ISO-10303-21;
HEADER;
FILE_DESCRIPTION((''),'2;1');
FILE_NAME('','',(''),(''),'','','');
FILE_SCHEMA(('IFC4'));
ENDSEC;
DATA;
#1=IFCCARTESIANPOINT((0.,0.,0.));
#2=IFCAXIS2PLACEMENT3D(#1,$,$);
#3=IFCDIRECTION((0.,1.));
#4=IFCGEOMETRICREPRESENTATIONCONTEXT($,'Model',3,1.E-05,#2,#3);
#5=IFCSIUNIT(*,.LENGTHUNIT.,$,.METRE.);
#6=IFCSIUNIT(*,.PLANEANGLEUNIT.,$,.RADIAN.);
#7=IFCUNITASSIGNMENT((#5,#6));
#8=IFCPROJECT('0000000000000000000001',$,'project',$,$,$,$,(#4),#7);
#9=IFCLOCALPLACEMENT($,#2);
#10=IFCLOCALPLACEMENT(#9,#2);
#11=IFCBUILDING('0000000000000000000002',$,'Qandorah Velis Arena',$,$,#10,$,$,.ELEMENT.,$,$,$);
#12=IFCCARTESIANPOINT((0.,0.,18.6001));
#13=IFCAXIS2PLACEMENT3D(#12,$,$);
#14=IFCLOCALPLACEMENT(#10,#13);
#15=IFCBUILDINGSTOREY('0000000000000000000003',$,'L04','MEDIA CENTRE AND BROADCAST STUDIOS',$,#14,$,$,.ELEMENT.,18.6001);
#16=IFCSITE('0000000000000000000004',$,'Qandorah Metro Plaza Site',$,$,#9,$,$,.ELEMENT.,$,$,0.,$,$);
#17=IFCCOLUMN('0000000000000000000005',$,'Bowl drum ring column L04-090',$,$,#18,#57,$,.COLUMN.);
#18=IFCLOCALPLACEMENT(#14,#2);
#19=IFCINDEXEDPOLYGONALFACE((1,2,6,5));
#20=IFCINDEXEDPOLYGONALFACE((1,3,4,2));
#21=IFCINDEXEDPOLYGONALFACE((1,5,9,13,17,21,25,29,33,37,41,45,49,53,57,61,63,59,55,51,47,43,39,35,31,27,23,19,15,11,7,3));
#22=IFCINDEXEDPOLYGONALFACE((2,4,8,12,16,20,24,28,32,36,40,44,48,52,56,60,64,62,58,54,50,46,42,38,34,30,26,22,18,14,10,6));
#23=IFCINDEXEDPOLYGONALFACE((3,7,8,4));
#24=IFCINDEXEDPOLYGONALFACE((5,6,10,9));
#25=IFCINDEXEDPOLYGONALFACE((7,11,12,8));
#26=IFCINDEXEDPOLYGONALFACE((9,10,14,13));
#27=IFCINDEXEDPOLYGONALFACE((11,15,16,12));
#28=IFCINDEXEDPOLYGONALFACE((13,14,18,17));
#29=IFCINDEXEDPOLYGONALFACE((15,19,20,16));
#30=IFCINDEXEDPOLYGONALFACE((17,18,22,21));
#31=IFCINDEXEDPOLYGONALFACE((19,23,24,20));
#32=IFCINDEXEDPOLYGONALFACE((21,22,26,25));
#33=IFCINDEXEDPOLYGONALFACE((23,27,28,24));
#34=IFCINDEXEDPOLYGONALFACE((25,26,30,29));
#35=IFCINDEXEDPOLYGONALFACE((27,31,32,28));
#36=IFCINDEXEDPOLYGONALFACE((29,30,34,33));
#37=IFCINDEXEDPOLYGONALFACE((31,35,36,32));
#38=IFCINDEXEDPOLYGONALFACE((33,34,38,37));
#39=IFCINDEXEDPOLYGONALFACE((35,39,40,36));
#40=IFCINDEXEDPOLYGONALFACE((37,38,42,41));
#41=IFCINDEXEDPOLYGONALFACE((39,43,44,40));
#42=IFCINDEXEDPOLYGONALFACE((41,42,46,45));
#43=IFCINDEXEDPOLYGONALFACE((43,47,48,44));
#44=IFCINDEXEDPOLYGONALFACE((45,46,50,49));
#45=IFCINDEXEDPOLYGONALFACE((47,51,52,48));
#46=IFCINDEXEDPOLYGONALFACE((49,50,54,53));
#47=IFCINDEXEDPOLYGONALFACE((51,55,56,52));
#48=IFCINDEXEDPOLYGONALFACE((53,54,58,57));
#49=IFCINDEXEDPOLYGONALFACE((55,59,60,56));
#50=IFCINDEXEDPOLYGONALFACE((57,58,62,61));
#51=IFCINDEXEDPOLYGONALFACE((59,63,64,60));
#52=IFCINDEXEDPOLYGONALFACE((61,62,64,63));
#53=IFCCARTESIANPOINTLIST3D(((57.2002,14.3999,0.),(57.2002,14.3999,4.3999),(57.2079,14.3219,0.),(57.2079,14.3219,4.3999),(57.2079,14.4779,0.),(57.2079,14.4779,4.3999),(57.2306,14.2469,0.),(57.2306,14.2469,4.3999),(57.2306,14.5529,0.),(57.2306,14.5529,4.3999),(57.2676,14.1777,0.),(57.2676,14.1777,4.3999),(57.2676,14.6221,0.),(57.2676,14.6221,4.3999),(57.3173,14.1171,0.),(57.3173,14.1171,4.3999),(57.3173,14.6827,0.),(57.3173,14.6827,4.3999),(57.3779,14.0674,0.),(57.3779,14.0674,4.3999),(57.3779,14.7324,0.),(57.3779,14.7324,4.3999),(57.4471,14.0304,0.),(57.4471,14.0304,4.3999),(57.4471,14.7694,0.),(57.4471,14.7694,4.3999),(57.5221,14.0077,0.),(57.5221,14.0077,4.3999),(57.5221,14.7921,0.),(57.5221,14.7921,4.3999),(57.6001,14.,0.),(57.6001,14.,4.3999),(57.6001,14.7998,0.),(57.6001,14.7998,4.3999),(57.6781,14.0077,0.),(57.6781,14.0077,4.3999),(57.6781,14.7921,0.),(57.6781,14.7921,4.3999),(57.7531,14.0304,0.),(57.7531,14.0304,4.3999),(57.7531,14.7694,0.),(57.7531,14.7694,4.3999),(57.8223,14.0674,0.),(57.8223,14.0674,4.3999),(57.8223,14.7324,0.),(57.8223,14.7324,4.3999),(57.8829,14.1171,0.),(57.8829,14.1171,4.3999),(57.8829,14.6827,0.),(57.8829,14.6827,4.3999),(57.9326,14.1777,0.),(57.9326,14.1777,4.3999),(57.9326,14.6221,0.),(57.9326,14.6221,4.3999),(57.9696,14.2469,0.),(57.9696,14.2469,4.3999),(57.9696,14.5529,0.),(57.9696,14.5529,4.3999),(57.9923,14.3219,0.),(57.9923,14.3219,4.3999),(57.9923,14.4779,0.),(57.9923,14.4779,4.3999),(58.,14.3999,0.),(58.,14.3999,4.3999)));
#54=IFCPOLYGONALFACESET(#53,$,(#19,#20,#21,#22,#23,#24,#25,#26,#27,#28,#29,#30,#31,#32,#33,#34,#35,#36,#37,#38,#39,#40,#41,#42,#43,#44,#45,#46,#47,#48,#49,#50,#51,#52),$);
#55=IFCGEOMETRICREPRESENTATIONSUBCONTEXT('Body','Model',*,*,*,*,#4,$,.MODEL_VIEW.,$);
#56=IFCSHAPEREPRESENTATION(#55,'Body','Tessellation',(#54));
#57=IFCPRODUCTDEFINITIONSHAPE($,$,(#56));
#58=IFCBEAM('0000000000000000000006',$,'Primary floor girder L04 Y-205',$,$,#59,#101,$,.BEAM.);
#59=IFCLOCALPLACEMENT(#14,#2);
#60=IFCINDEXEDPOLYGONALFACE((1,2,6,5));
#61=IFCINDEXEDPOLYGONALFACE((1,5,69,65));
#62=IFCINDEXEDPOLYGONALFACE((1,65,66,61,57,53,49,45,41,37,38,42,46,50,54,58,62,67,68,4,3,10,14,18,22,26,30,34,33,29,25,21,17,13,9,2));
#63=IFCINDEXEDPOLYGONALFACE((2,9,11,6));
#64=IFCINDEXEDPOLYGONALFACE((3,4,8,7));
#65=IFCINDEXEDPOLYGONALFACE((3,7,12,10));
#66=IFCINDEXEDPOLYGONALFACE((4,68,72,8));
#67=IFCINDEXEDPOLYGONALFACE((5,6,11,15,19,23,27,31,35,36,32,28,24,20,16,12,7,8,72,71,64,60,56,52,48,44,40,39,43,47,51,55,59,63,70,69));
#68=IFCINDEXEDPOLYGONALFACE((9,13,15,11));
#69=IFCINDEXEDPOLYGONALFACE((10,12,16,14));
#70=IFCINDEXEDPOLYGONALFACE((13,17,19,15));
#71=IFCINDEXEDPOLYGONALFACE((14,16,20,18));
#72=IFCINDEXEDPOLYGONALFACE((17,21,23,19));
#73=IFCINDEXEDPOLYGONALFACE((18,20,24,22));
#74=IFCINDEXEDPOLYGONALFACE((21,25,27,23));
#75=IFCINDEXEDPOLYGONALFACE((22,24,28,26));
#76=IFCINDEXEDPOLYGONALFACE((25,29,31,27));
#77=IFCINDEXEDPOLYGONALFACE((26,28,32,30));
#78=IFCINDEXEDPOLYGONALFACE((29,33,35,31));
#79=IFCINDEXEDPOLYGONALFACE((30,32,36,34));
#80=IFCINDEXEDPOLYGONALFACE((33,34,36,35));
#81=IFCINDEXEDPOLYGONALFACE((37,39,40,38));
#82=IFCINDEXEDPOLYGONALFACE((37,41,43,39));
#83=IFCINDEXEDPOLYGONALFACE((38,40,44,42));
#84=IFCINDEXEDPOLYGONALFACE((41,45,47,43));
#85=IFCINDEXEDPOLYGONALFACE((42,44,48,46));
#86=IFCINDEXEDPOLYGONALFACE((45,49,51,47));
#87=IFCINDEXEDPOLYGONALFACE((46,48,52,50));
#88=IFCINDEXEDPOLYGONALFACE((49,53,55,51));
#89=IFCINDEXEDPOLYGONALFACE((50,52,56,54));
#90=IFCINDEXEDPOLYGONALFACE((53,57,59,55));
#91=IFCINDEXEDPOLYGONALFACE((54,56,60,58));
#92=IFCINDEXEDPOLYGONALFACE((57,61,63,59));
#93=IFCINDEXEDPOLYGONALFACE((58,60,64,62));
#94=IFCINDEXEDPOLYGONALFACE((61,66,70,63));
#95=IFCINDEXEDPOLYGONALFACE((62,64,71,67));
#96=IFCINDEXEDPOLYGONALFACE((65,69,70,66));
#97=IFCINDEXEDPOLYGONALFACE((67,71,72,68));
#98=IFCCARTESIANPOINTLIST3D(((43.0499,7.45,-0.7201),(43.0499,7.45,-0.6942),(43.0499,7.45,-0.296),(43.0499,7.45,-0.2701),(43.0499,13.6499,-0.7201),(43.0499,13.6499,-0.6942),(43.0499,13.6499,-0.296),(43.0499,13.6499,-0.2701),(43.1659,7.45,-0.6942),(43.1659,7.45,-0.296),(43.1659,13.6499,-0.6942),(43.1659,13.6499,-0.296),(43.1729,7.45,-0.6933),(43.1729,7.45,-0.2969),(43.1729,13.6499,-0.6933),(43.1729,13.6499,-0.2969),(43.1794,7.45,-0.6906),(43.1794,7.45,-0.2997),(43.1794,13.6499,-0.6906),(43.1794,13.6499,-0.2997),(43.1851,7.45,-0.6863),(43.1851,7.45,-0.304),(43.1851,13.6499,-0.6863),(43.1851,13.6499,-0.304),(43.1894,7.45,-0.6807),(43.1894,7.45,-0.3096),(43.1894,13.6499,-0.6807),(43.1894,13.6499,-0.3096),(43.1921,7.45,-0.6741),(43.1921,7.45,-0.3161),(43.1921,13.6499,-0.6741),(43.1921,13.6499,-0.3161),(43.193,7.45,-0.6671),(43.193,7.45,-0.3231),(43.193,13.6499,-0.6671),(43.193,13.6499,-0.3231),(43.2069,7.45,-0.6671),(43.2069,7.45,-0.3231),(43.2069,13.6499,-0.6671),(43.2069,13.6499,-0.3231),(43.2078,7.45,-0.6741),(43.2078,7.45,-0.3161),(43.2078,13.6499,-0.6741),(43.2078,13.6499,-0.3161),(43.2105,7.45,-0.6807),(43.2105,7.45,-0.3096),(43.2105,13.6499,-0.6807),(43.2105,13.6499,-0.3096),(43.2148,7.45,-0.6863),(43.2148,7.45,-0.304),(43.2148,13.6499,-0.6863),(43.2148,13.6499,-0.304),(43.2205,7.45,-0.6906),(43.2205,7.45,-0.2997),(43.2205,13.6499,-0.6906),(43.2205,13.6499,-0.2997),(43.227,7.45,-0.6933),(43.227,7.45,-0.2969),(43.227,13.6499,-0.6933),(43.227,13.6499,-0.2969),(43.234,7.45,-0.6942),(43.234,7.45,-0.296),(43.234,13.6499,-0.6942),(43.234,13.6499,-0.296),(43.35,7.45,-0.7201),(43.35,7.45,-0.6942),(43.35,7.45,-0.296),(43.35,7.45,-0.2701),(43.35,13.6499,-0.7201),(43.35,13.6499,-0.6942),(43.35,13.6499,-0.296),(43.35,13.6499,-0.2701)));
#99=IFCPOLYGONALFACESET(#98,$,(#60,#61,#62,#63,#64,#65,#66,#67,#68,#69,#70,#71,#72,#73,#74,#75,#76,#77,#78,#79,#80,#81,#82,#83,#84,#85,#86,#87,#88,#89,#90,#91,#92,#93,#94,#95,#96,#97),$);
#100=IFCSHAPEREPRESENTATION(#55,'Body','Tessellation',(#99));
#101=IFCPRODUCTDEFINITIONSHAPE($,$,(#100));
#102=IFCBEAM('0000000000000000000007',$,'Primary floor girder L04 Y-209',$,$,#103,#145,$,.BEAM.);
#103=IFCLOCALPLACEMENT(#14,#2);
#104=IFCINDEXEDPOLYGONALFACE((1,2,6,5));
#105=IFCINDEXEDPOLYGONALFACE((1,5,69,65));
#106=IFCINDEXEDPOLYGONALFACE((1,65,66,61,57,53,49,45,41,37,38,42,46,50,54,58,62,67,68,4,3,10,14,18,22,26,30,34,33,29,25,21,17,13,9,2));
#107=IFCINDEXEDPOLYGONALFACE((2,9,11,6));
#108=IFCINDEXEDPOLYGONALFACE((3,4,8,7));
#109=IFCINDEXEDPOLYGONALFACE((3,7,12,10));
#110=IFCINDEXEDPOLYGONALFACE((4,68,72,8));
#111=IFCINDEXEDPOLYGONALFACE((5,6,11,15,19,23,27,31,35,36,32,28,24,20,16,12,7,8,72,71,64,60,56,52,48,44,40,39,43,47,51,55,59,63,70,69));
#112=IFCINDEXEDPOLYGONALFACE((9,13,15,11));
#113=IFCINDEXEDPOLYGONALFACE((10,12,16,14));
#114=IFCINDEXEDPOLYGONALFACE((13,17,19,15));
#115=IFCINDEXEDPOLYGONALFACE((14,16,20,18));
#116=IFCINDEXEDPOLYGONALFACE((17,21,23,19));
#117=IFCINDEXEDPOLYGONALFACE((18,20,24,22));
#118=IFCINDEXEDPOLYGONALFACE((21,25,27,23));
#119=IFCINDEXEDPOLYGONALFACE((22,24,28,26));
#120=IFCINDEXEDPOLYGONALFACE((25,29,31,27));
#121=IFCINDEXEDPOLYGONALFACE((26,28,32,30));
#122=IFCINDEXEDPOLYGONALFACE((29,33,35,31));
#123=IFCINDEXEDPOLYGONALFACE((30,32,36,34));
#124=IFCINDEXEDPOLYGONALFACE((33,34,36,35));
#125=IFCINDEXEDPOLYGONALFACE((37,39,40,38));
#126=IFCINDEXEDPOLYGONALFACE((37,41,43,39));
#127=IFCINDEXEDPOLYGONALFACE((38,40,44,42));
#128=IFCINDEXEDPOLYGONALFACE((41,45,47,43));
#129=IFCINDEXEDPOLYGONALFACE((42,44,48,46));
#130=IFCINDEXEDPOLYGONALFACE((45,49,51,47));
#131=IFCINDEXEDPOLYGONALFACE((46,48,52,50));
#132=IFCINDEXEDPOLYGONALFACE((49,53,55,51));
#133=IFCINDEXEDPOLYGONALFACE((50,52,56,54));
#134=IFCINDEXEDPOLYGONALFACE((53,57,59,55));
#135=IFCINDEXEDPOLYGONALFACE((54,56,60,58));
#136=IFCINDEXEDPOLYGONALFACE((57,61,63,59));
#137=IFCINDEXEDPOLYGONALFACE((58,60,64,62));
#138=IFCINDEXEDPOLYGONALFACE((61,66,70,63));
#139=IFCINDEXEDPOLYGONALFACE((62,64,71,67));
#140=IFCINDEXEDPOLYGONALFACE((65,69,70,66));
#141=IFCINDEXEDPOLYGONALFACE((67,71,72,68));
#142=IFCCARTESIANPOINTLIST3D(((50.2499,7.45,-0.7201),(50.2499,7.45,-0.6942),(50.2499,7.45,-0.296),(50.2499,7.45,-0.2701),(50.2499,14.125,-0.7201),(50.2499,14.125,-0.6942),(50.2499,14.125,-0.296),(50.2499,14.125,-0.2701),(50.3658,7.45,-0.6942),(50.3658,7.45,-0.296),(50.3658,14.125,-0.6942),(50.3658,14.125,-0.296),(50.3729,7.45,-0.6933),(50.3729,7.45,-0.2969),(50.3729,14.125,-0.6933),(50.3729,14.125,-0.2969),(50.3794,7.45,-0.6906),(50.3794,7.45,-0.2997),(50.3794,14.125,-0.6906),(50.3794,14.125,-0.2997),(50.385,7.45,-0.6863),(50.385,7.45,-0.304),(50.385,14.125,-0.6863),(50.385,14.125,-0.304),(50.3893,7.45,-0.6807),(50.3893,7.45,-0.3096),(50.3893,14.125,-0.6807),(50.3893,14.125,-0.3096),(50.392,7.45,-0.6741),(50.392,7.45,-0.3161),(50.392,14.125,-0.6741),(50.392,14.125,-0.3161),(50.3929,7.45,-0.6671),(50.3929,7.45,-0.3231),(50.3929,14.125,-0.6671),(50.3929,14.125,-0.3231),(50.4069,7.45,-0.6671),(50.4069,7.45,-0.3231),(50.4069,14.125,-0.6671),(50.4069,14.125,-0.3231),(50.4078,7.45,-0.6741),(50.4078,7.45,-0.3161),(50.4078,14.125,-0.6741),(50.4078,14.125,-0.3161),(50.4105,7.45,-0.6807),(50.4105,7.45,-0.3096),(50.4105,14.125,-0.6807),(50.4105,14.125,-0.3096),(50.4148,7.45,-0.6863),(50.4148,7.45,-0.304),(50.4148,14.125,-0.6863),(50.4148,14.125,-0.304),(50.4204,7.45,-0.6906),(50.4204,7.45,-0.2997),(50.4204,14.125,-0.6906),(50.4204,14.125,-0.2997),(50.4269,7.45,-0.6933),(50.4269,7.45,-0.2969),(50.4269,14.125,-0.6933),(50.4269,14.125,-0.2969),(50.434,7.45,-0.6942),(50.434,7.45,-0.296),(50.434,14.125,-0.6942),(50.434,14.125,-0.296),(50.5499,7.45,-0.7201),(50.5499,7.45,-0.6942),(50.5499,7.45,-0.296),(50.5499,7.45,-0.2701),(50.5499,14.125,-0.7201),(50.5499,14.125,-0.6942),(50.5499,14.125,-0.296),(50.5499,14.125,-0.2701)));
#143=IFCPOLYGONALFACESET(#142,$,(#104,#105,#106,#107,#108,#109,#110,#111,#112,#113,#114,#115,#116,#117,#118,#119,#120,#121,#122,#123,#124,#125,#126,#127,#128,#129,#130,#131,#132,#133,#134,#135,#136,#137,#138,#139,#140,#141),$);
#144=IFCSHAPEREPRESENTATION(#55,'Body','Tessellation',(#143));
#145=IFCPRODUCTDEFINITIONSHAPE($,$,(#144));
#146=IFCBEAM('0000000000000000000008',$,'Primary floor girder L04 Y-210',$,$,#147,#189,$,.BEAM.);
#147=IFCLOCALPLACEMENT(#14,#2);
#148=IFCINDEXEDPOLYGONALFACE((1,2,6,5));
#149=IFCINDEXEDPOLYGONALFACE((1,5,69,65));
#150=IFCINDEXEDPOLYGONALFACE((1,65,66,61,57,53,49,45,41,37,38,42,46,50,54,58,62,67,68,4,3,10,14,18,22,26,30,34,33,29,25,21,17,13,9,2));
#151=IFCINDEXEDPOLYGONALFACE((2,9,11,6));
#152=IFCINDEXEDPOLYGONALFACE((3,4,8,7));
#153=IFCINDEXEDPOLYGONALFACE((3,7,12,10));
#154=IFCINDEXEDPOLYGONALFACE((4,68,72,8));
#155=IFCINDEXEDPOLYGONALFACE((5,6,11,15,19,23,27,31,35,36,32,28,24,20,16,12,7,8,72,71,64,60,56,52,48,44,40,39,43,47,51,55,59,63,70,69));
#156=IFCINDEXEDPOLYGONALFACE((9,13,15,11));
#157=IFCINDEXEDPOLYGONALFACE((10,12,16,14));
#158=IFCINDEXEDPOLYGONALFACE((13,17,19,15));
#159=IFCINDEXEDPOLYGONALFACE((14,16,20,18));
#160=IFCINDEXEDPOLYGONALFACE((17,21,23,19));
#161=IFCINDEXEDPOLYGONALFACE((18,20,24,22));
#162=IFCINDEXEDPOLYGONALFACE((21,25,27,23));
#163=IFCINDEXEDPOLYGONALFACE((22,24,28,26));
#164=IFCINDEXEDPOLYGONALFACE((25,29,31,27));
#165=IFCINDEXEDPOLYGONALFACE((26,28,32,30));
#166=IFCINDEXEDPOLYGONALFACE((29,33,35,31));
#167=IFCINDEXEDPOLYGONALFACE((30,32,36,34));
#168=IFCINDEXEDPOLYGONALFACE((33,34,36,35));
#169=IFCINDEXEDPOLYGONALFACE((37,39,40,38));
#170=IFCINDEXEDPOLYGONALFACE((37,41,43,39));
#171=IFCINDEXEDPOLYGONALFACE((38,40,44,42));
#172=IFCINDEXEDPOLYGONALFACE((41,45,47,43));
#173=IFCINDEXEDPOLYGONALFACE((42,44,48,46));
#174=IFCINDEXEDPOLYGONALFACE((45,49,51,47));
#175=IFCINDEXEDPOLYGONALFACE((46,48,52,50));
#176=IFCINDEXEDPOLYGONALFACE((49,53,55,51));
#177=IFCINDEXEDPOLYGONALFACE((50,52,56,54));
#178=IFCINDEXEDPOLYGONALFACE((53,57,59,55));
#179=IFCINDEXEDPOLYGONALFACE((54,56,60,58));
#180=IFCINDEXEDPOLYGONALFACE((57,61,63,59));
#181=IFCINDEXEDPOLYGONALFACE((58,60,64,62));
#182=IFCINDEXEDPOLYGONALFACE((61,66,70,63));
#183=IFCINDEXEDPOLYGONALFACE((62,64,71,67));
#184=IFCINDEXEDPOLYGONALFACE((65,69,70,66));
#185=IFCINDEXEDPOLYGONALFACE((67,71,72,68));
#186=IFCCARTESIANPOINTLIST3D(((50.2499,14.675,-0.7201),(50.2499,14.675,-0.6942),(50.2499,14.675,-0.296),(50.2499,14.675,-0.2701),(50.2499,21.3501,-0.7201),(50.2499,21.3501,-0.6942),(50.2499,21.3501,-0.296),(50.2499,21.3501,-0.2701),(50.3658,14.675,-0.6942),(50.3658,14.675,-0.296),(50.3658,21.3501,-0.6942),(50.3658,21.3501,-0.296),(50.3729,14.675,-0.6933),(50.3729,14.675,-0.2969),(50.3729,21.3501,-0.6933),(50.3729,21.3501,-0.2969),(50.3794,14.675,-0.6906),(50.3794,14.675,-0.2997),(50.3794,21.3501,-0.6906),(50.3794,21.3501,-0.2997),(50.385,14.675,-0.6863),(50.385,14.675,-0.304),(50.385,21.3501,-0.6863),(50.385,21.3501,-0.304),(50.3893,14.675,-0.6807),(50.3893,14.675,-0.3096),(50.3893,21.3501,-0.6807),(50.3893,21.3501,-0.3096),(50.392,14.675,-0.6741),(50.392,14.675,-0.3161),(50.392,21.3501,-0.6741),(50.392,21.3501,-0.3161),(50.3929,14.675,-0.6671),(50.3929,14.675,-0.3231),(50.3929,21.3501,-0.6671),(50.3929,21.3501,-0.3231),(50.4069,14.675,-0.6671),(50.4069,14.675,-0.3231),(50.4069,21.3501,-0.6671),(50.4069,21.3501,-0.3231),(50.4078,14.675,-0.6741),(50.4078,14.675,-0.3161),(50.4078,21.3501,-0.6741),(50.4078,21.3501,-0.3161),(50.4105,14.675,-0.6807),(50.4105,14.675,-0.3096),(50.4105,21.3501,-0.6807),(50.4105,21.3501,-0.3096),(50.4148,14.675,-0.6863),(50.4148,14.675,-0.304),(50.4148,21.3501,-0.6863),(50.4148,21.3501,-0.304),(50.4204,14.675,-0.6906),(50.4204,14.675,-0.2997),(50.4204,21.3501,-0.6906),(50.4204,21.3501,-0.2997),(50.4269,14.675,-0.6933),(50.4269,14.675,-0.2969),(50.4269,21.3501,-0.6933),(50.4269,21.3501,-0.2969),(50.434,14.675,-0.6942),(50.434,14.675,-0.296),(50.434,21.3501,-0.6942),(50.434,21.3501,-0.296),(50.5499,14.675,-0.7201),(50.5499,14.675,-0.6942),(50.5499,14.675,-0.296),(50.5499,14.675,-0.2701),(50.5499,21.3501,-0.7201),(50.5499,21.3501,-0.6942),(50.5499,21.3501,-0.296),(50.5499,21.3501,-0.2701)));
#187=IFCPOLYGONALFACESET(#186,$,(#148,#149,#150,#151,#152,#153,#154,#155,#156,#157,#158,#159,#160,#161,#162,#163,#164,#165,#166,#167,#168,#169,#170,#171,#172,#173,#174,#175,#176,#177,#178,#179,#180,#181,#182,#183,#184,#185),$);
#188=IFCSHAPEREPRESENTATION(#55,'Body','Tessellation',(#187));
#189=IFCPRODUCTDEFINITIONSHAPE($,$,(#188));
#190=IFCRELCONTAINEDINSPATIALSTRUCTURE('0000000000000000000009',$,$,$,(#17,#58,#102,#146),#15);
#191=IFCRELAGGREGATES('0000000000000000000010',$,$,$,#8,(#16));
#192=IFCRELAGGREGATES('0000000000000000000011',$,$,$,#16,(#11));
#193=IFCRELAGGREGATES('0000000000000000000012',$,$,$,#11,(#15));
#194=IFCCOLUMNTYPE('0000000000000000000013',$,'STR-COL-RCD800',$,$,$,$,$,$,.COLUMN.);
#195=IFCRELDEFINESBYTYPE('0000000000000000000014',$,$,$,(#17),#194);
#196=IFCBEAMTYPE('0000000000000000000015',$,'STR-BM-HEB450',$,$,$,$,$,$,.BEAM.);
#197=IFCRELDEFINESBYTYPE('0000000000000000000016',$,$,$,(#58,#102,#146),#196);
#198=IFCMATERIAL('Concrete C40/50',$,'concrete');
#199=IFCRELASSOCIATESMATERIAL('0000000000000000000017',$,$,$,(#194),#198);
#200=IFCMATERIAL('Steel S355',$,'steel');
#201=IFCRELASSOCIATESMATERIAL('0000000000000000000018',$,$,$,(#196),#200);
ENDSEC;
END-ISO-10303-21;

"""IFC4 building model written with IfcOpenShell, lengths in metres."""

from ifc_helpers import new_model, si_unit, direction, frame, origin, origin_2d, place, context, subcontext, project, spatial, circle, i_section, extrude, material, material_profile, profile_set, type_object, element, save


model = new_model("IFC4")

# Units and contexts
model_context = context("Model", 3, precision=1e-05, world=origin(), true_north=direction((0.0, 1.0)))
body_context = subcontext(model_context, "Body", "Model", "MODEL_VIEW")
ifc_project = project(units=[si_unit("LENGTHUNIT", "METRE"), si_unit("PLANEANGLEUNIT", "RADIAN")], contexts=[model_context])

# Site, building, storey
site_placement = place(None, origin())
site = spatial("IfcSite", under=ifc_project, at=site_placement, Name="Qandorah Metro Plaza Site", CompositionType="ELEMENT", RefElevation=0.0)
building_placement = place(site_placement, origin())
building = spatial("IfcBuilding", under=site, at=building_placement, Name="Qandorah Velis Arena", CompositionType="ELEMENT")
storey_placement = place(building_placement, frame((0.0, 0.0, 18.6001)))
storey = spatial("IfcBuildingStorey", under=building, at=storey_placement, Name="L04", Description="MEDIA CENTRE AND BROADCAST STUDIOS", CompositionType="ELEMENT", Elevation=18.6001)

# Column
ifc_material_1 = material(Name="Steel S355", Category="steel")
ifc_material_2 = material(Name="Concrete C40/50", Category="concrete")
ifc_material_profile_1 = material_profile(ifc_material_2, circle(Radius=0.3999, at=origin_2d()), Name="RC D800")
ifc_profile_set_1 = profile_set([ifc_material_profile_1], Name="Concrete C40/50")
column_type_1 = type_object("IfcColumnType", Name="STR-COL-RCD800", PredefinedType="COLUMN", material=ifc_profile_set_1)
column_1_placement = place(storey_placement, frame((57.6001, 14.3999, 0.0), z_axis=(0.0, 0.0, 1.0), x_axis=(1.0, 0.0, 0.0)))
element("IfcColumn", 1, at=column_1_placement, inside=storey, type_object=column_type_1, Name="Bowl drum ring column L04-090", PredefinedType="COLUMN", context=body_context, shape_type="SweptSolid", body=[
    extrude(circle(Radius=0.3999, at=origin_2d()), origin(), (0.0, 0.0, 1.0), 4.3999),
])

# Beams
ifc_material_profile_2 = material_profile(ifc_material_1, i_section(OverallWidth=0.3, OverallDepth=0.45, WebThickness=0.0139, FlangeThickness=0.0259, FilletRadius=0.0271, at=origin_2d()), Name="HEB 450")
ifc_profile_set_2 = profile_set([ifc_material_profile_2], Name="Steel S355")
beam_type_1 = type_object("IfcBeamType", Name="STR-BM-HEB450", PredefinedType="BEAM", material=ifc_profile_set_2)
beam_1_placement = place(storey_placement, frame((43.2, 7.45, -0.4951), z_axis=(0.0, 1.0, 0.0), x_axis=(-1.0, 0.0, 0.0)))
element("IfcBeam", 2, at=beam_1_placement, inside=storey, type_object=beam_type_1, Name="Primary floor girder L04 Y-205", PredefinedType="BEAM", context=body_context, shape_type="SweptSolid", body=[
    extrude(i_section(OverallWidth=0.3, OverallDepth=0.45, WebThickness=0.0139, FlangeThickness=0.0259, FilletRadius=0.0271, at=origin_2d()), origin(), (0.0, 0.0, 1.0), 6.2),
])
for number, where, z_axis, x_axis, name in (
    (3, (50.3999, 7.45, -0.4951), (0.0, 1.0, 0.0), (-1.0, 0.0, 0.0), "Primary floor girder L04 Y-209"),
    (4, (50.3999, 14.675, -0.4951), (0.0, 1.0, 0.0), (-1.0, 0.0, 0.0), "Primary floor girder L04 Y-210"),
):
    element("IfcBeam", number, at=place(storey_placement, frame(where, z_axis=z_axis, x_axis=x_axis)), inside=storey, type_object=beam_type_1, Name=name, PredefinedType="BEAM", context=body_context, shape_type="SweptSolid", body=[
        extrude(i_section(OverallWidth=0.3, OverallDepth=0.45, WebThickness=0.0139, FlangeThickness=0.0259, FilletRadius=0.0271, at=origin_2d()), origin(), (0.0, 0.0, 1.0), 6.675),
    ])

save(model, "model.ifc")
